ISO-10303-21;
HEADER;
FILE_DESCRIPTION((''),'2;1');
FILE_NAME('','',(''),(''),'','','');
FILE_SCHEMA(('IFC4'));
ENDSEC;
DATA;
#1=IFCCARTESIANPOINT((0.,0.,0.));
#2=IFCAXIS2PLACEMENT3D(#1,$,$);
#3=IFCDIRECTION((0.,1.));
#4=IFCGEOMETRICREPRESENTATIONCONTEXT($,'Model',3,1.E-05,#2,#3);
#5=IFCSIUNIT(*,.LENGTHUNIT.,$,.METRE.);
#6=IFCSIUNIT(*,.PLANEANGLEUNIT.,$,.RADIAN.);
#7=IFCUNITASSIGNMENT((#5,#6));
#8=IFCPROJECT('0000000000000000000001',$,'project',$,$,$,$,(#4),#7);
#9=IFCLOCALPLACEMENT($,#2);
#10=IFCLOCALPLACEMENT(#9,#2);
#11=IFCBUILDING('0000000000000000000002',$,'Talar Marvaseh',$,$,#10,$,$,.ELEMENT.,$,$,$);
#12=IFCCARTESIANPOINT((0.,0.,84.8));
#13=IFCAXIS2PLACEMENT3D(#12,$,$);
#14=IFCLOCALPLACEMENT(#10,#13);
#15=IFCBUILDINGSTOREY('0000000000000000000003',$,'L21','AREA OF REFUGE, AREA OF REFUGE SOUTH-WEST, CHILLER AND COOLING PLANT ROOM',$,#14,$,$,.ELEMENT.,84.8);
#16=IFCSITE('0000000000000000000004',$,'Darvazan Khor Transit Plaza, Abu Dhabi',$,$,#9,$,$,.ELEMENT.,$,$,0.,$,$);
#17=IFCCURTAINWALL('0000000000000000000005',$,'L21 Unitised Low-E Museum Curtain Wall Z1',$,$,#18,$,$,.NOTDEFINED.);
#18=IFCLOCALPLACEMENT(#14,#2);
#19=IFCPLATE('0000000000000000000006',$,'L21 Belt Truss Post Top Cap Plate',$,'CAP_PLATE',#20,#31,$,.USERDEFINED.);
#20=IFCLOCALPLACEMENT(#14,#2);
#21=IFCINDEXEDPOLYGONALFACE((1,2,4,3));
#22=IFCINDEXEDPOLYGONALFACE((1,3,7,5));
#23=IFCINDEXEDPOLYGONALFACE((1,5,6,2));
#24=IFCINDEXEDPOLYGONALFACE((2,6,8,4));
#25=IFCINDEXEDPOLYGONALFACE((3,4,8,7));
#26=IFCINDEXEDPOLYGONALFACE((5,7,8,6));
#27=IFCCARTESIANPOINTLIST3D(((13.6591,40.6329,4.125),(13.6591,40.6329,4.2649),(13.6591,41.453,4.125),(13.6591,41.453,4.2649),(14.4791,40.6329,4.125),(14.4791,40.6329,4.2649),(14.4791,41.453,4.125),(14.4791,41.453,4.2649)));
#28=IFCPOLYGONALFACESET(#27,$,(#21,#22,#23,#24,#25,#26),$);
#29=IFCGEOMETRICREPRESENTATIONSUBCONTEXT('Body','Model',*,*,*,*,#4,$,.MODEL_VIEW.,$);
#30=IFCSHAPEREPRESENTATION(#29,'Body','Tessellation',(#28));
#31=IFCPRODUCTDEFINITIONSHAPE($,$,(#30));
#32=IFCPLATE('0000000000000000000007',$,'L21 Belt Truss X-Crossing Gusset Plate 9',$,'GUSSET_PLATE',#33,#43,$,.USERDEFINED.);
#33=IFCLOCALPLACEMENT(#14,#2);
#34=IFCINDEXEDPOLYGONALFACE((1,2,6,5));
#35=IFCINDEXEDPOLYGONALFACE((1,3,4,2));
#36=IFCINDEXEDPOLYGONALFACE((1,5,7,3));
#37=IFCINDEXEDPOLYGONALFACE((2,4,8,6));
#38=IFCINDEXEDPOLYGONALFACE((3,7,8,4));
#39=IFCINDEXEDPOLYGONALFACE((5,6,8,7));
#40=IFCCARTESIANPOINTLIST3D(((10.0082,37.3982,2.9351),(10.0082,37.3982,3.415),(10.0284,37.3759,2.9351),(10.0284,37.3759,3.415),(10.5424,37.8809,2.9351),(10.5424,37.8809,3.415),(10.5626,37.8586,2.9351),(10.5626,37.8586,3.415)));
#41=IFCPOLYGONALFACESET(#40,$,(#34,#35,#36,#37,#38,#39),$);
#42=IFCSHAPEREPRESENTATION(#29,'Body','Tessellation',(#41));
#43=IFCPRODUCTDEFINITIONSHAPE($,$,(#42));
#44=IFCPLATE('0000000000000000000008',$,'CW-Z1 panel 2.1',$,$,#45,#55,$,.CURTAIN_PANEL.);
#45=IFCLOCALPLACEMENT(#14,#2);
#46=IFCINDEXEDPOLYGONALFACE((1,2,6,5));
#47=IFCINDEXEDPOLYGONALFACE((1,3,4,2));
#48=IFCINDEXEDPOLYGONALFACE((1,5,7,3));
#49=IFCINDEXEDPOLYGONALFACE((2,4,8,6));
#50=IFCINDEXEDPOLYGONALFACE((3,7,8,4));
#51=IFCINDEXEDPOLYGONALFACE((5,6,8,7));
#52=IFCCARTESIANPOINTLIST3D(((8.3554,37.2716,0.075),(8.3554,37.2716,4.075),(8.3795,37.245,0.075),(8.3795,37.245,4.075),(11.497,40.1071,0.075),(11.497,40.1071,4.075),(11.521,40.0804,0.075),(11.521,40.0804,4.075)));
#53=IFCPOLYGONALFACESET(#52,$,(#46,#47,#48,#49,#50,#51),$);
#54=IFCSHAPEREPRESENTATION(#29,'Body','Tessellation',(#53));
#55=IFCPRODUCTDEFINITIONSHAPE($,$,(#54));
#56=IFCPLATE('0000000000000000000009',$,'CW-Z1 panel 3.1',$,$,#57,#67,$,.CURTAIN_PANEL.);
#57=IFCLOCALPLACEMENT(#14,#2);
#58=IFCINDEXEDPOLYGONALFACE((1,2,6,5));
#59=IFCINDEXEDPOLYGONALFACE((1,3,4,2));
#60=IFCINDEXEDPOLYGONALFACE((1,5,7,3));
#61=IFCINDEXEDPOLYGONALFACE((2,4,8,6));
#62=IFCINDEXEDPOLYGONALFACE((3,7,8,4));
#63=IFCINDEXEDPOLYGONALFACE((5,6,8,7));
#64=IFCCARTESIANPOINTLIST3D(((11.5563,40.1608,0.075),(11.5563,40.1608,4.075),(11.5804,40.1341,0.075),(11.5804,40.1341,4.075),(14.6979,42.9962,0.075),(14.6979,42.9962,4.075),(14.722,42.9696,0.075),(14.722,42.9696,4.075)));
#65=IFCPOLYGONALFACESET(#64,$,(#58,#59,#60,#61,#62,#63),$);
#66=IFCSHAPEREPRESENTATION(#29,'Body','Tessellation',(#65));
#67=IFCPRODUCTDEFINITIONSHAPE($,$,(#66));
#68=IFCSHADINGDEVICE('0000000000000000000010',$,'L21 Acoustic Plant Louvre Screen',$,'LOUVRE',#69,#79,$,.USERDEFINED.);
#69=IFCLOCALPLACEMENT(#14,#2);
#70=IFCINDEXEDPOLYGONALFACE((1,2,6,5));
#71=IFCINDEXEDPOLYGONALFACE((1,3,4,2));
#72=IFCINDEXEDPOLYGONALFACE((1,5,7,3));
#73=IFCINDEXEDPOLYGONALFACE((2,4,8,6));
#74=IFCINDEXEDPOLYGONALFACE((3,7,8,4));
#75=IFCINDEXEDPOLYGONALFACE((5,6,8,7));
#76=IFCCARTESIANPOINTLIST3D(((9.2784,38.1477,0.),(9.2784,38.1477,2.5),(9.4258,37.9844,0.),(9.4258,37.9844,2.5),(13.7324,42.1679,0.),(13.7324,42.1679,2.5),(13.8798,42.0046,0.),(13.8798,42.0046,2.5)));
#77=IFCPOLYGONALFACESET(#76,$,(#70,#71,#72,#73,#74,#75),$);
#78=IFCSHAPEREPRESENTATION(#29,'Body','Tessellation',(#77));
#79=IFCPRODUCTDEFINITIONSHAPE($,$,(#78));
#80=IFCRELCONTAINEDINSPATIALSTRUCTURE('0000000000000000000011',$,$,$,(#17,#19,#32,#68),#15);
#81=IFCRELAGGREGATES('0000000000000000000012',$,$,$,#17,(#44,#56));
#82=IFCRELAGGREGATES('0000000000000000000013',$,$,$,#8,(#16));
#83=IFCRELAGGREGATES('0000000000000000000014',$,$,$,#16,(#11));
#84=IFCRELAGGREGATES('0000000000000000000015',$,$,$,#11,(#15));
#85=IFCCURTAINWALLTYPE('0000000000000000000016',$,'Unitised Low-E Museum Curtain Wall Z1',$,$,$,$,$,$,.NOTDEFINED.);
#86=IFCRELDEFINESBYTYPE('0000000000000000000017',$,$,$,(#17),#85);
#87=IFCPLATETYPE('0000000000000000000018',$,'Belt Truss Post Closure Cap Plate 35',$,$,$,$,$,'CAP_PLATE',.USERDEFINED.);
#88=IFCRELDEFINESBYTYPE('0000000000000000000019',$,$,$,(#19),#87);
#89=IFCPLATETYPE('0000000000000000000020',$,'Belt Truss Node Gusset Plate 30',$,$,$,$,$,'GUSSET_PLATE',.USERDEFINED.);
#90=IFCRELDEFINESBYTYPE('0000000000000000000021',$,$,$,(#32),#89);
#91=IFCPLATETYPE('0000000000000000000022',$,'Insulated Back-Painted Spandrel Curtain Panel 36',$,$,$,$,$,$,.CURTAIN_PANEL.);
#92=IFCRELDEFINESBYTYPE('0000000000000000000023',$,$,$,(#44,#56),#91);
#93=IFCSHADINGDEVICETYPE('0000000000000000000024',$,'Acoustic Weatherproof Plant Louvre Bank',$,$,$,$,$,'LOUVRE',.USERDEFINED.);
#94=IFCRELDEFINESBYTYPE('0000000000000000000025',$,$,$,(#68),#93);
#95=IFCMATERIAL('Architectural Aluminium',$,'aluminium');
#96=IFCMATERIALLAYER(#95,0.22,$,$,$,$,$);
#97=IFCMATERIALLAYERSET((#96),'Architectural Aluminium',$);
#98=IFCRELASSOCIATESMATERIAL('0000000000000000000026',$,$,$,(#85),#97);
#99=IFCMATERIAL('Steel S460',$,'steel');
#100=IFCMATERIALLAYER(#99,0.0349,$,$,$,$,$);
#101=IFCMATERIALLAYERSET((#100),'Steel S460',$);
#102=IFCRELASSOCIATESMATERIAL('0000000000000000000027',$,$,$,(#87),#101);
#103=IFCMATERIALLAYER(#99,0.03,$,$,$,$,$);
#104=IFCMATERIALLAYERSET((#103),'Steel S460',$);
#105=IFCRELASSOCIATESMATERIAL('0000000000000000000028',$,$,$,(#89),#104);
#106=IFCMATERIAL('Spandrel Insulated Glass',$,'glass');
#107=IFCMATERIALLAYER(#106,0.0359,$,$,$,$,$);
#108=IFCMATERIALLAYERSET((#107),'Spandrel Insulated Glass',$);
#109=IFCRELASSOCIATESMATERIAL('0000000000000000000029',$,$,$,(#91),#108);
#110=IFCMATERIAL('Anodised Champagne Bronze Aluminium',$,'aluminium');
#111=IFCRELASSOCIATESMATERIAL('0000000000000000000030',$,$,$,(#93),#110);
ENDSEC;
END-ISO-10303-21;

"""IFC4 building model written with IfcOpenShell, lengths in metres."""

from ifc_helpers import new_model, si_unit, direction, frame, origin, origin_2d, place, context, subcontext, project, spatial, rectangle, extrude, source, transform, mapped, material, layer, layer_set, type_object, type_shapes, element, aggregate, save


model = new_model("IFC4")

# Units and contexts
model_context = context("Model", 3, precision=1e-05, world=origin(), true_north=direction((0.0, 1.0)))
body_context = subcontext(model_context, "Body", "Model", "MODEL_VIEW")
ifc_project = project(units=[si_unit("LENGTHUNIT", "METRE"), si_unit("PLANEANGLEUNIT", "RADIAN")], contexts=[model_context])

# Site, building, storey
site_placement = place(None, origin())
site = spatial("IfcSite", under=ifc_project, at=site_placement, Name="Darvazan Khor Transit Plaza, Abu Dhabi", CompositionType="ELEMENT", RefElevation=0.0)
building_placement = place(site_placement, origin())
building = spatial("IfcBuilding", under=site, at=building_placement, Name="Talar Marvaseh", CompositionType="ELEMENT")
storey_placement = place(building_placement, frame((0.0, 0.0, 84.8)))
storey = spatial("IfcBuildingStorey", under=building, at=storey_placement, Name="L21", Description="AREA OF REFUGE, AREA OF REFUGE SOUTH-WEST, CHILLER AND COOLING PLANT ROOM", CompositionType="ELEMENT", Elevation=84.8)

# Shared definitions
ifc_material_1 = material(Name="Steel S460", Category="steel")

# Curtain wall
ifc_material_2 = material(Name="Architectural Aluminium", Category="aluminium")
ifc_layer_1 = layer(ifc_material_2, 0.22)
ifc_layer_set_1 = layer_set([ifc_layer_1], Name="Architectural Aluminium")
curtain_wall_type = type_object("IfcCurtainWallType", Name="Unitised Low-E Museum Curtain Wall Z1", PredefinedType="NOTDEFINED", material=ifc_layer_set_1)
curtain_wall_placement = place(storey_placement, origin())
curtain_wall = element("IfcCurtainWall", 1, at=curtain_wall_placement, inside=storey, type_object=curtain_wall_type, Name="L21 Unitised Low-E Museum Curtain Wall Z1", PredefinedType="NOTDEFINED")

# Plates
ifc_layer_2 = layer(ifc_material_1, 0.0349)
ifc_layer_set_2 = layer_set([ifc_layer_2], Name="Steel S460")
plate_type_1 = type_object("IfcPlateType", Name="Belt Truss Post Closure Cap Plate 35", ElementType="CAP_PLATE", PredefinedType="USERDEFINED", material=ifc_layer_set_2)
shared_shape_1 = source(origin(), body_context, "Body", "SweptSolid", [
    extrude(rectangle(XDim=0.8201, YDim=0.8201, at=origin_2d()), origin(), (0.0, 0.0, 1.0), 0.1399),
])
plate_1_placement = place(storey_placement, frame((14.0691, 41.043, 4.125), z_axis=(0.0, 0.0, 1.0), x_axis=(1.0, 0.0, 0.0)))
element("IfcPlate", 2, at=plate_1_placement, inside=storey, type_object=plate_type_1, Name="L21 Belt Truss Post Top Cap Plate", ObjectType="CAP_PLATE", PredefinedType="USERDEFINED", context=body_context, shape_type="MappedRepresentation", body=[
    mapped(shared_shape_1, transform((0.0, 0.0, 0.0), x_axis=(1.0, 0.0, 0.0), y_axis=(0.0, 1.0, 0.0), z_axis=(0.0, 0.0, 1.0), scale=1.0)),
])
ifc_layer_3 = layer(ifc_material_1, 0.03)
ifc_layer_set_3 = layer_set([ifc_layer_3], Name="Steel S460")
plate_type_2 = type_object("IfcPlateType", Name="Belt Truss Node Gusset Plate 30", ElementType="GUSSET_PLATE", PredefinedType="USERDEFINED", material=ifc_layer_set_3)
shared_shape_2 = source(origin(), body_context, "Body", "SweptSolid", [
    extrude(rectangle(XDim=0.72, YDim=0.03, at=origin_2d()), origin(), (0.0, 0.0, 1.0), 0.48),
])
type_shapes(plate_type_2, [shared_shape_2])
plate_2_placement = place(storey_placement, frame((10.2854, 37.6284, 2.9351), z_axis=(0.0, 0.0, 1.0), x_axis=(0.741976, 0.670427, 0.0)))
element("IfcPlate", 3, at=plate_2_placement, inside=storey, type_object=plate_type_2, Name="L21 Belt Truss X-Crossing Gusset Plate 9", ObjectType="GUSSET_PLATE", PredefinedType="USERDEFINED", context=body_context, shape_type="MappedRepresentation", body=[
    mapped(shared_shape_2, transform((0.0, 0.0, 0.0), x_axis=(1.0, 0.0, 0.0), y_axis=(0.0, 1.0, 0.0), z_axis=(0.0, 0.0, 1.0), scale=1.0)),
])

# Plates
ifc_material_3 = material(Name="Spandrel Insulated Glass", Category="glass")
ifc_layer_4 = layer(ifc_material_3, 0.0359)
ifc_layer_set_4 = layer_set([ifc_layer_4], Name="Spandrel Insulated Glass")
plate_type_3 = type_object("IfcPlateType", Name="Insulated Back-Painted Spandrel Curtain Panel 36", PredefinedType="CURTAIN_PANEL", material=ifc_layer_set_4)
shared_shape_3 = source(origin(), body_context, "Body", "SweptSolid", [
    extrude(rectangle(XDim=4.2319, YDim=0.0359, at=origin_2d()), origin(), (0.0, 0.0, 1.0), 4.0),
])
type_shapes(plate_type_3, [shared_shape_3])
plate_3_placement = place(storey_placement, frame((9.9382, 38.676, 0.075), z_axis=(0.0, 0.0, 1.0), x_axis=(0.742351, 0.670011, 0.0)))
plate_3 = element("IfcPlate", 4, at=plate_3_placement, type_object=plate_type_3, Name="CW-Z1 panel 2.1", PredefinedType="CURTAIN_PANEL", context=body_context, shape_type="MappedRepresentation", body=[
    mapped(shared_shape_3, transform((0.0, 0.0, 0.0), x_axis=(1.0, 0.0, 0.0), y_axis=(0.0, 1.0, 0.0), z_axis=(0.0, 0.0, 1.0), scale=1.0)),
])
plate_4_placement = place(storey_placement, frame((13.1392, 41.5652, 0.075), z_axis=(0.0, 0.0, 1.0), x_axis=(0.742351, 0.670011, 0.0)))
plate_4 = element("IfcPlate", 5, at=plate_4_placement, type_object=plate_type_3, Name="CW-Z1 panel 3.1", PredefinedType="CURTAIN_PANEL", context=body_context, shape_type="MappedRepresentation", body=[
    mapped(shared_shape_3, transform((0.0, 0.0, 0.0), x_axis=(1.0, 0.0, 0.0), y_axis=(0.0, 1.0, 0.0), z_axis=(0.0, 0.0, 1.0), scale=1.0)),
])
aggregate(curtain_wall, [plate_3, plate_4])

# Shading device
ifc_material_4 = material(Name="Anodised Champagne Bronze Aluminium", Category="aluminium")
shading_device_type = type_object("IfcShadingDeviceType", Name="Acoustic Weatherproof Plant Louvre Bank", ElementType="LOUVRE", PredefinedType="USERDEFINED", material=ifc_material_4)
shared_shape_4 = source(origin(), body_context, "Body", "SweptSolid", [
    extrude(rectangle(XDim=6.0, YDim=0.22, at=origin_2d()), origin(), (0.0, 0.0, 1.0), 2.5),
])
type_shapes(shading_device_type, [shared_shape_4])
shading_device_placement = place(storey_placement, frame((11.5791, 40.0762, 0.0), z_axis=(0.0, 0.0, 1.0), x_axis=(0.742327, 0.670038, 0.0)))
element("IfcShadingDevice", 6, at=shading_device_placement, inside=storey, type_object=shading_device_type, Name="L21 Acoustic Plant Louvre Screen", ObjectType="LOUVRE", PredefinedType="USERDEFINED", context=body_context, shape_type="MappedRepresentation", body=[
    mapped(shared_shape_4, transform((0.0, 0.0, 0.0), x_axis=(1.0, 0.0, 0.0), y_axis=(0.0, 1.0, 0.0), z_axis=(0.0, 0.0, 1.0), scale=1.0)),
])

save(model, "model.ifc")
